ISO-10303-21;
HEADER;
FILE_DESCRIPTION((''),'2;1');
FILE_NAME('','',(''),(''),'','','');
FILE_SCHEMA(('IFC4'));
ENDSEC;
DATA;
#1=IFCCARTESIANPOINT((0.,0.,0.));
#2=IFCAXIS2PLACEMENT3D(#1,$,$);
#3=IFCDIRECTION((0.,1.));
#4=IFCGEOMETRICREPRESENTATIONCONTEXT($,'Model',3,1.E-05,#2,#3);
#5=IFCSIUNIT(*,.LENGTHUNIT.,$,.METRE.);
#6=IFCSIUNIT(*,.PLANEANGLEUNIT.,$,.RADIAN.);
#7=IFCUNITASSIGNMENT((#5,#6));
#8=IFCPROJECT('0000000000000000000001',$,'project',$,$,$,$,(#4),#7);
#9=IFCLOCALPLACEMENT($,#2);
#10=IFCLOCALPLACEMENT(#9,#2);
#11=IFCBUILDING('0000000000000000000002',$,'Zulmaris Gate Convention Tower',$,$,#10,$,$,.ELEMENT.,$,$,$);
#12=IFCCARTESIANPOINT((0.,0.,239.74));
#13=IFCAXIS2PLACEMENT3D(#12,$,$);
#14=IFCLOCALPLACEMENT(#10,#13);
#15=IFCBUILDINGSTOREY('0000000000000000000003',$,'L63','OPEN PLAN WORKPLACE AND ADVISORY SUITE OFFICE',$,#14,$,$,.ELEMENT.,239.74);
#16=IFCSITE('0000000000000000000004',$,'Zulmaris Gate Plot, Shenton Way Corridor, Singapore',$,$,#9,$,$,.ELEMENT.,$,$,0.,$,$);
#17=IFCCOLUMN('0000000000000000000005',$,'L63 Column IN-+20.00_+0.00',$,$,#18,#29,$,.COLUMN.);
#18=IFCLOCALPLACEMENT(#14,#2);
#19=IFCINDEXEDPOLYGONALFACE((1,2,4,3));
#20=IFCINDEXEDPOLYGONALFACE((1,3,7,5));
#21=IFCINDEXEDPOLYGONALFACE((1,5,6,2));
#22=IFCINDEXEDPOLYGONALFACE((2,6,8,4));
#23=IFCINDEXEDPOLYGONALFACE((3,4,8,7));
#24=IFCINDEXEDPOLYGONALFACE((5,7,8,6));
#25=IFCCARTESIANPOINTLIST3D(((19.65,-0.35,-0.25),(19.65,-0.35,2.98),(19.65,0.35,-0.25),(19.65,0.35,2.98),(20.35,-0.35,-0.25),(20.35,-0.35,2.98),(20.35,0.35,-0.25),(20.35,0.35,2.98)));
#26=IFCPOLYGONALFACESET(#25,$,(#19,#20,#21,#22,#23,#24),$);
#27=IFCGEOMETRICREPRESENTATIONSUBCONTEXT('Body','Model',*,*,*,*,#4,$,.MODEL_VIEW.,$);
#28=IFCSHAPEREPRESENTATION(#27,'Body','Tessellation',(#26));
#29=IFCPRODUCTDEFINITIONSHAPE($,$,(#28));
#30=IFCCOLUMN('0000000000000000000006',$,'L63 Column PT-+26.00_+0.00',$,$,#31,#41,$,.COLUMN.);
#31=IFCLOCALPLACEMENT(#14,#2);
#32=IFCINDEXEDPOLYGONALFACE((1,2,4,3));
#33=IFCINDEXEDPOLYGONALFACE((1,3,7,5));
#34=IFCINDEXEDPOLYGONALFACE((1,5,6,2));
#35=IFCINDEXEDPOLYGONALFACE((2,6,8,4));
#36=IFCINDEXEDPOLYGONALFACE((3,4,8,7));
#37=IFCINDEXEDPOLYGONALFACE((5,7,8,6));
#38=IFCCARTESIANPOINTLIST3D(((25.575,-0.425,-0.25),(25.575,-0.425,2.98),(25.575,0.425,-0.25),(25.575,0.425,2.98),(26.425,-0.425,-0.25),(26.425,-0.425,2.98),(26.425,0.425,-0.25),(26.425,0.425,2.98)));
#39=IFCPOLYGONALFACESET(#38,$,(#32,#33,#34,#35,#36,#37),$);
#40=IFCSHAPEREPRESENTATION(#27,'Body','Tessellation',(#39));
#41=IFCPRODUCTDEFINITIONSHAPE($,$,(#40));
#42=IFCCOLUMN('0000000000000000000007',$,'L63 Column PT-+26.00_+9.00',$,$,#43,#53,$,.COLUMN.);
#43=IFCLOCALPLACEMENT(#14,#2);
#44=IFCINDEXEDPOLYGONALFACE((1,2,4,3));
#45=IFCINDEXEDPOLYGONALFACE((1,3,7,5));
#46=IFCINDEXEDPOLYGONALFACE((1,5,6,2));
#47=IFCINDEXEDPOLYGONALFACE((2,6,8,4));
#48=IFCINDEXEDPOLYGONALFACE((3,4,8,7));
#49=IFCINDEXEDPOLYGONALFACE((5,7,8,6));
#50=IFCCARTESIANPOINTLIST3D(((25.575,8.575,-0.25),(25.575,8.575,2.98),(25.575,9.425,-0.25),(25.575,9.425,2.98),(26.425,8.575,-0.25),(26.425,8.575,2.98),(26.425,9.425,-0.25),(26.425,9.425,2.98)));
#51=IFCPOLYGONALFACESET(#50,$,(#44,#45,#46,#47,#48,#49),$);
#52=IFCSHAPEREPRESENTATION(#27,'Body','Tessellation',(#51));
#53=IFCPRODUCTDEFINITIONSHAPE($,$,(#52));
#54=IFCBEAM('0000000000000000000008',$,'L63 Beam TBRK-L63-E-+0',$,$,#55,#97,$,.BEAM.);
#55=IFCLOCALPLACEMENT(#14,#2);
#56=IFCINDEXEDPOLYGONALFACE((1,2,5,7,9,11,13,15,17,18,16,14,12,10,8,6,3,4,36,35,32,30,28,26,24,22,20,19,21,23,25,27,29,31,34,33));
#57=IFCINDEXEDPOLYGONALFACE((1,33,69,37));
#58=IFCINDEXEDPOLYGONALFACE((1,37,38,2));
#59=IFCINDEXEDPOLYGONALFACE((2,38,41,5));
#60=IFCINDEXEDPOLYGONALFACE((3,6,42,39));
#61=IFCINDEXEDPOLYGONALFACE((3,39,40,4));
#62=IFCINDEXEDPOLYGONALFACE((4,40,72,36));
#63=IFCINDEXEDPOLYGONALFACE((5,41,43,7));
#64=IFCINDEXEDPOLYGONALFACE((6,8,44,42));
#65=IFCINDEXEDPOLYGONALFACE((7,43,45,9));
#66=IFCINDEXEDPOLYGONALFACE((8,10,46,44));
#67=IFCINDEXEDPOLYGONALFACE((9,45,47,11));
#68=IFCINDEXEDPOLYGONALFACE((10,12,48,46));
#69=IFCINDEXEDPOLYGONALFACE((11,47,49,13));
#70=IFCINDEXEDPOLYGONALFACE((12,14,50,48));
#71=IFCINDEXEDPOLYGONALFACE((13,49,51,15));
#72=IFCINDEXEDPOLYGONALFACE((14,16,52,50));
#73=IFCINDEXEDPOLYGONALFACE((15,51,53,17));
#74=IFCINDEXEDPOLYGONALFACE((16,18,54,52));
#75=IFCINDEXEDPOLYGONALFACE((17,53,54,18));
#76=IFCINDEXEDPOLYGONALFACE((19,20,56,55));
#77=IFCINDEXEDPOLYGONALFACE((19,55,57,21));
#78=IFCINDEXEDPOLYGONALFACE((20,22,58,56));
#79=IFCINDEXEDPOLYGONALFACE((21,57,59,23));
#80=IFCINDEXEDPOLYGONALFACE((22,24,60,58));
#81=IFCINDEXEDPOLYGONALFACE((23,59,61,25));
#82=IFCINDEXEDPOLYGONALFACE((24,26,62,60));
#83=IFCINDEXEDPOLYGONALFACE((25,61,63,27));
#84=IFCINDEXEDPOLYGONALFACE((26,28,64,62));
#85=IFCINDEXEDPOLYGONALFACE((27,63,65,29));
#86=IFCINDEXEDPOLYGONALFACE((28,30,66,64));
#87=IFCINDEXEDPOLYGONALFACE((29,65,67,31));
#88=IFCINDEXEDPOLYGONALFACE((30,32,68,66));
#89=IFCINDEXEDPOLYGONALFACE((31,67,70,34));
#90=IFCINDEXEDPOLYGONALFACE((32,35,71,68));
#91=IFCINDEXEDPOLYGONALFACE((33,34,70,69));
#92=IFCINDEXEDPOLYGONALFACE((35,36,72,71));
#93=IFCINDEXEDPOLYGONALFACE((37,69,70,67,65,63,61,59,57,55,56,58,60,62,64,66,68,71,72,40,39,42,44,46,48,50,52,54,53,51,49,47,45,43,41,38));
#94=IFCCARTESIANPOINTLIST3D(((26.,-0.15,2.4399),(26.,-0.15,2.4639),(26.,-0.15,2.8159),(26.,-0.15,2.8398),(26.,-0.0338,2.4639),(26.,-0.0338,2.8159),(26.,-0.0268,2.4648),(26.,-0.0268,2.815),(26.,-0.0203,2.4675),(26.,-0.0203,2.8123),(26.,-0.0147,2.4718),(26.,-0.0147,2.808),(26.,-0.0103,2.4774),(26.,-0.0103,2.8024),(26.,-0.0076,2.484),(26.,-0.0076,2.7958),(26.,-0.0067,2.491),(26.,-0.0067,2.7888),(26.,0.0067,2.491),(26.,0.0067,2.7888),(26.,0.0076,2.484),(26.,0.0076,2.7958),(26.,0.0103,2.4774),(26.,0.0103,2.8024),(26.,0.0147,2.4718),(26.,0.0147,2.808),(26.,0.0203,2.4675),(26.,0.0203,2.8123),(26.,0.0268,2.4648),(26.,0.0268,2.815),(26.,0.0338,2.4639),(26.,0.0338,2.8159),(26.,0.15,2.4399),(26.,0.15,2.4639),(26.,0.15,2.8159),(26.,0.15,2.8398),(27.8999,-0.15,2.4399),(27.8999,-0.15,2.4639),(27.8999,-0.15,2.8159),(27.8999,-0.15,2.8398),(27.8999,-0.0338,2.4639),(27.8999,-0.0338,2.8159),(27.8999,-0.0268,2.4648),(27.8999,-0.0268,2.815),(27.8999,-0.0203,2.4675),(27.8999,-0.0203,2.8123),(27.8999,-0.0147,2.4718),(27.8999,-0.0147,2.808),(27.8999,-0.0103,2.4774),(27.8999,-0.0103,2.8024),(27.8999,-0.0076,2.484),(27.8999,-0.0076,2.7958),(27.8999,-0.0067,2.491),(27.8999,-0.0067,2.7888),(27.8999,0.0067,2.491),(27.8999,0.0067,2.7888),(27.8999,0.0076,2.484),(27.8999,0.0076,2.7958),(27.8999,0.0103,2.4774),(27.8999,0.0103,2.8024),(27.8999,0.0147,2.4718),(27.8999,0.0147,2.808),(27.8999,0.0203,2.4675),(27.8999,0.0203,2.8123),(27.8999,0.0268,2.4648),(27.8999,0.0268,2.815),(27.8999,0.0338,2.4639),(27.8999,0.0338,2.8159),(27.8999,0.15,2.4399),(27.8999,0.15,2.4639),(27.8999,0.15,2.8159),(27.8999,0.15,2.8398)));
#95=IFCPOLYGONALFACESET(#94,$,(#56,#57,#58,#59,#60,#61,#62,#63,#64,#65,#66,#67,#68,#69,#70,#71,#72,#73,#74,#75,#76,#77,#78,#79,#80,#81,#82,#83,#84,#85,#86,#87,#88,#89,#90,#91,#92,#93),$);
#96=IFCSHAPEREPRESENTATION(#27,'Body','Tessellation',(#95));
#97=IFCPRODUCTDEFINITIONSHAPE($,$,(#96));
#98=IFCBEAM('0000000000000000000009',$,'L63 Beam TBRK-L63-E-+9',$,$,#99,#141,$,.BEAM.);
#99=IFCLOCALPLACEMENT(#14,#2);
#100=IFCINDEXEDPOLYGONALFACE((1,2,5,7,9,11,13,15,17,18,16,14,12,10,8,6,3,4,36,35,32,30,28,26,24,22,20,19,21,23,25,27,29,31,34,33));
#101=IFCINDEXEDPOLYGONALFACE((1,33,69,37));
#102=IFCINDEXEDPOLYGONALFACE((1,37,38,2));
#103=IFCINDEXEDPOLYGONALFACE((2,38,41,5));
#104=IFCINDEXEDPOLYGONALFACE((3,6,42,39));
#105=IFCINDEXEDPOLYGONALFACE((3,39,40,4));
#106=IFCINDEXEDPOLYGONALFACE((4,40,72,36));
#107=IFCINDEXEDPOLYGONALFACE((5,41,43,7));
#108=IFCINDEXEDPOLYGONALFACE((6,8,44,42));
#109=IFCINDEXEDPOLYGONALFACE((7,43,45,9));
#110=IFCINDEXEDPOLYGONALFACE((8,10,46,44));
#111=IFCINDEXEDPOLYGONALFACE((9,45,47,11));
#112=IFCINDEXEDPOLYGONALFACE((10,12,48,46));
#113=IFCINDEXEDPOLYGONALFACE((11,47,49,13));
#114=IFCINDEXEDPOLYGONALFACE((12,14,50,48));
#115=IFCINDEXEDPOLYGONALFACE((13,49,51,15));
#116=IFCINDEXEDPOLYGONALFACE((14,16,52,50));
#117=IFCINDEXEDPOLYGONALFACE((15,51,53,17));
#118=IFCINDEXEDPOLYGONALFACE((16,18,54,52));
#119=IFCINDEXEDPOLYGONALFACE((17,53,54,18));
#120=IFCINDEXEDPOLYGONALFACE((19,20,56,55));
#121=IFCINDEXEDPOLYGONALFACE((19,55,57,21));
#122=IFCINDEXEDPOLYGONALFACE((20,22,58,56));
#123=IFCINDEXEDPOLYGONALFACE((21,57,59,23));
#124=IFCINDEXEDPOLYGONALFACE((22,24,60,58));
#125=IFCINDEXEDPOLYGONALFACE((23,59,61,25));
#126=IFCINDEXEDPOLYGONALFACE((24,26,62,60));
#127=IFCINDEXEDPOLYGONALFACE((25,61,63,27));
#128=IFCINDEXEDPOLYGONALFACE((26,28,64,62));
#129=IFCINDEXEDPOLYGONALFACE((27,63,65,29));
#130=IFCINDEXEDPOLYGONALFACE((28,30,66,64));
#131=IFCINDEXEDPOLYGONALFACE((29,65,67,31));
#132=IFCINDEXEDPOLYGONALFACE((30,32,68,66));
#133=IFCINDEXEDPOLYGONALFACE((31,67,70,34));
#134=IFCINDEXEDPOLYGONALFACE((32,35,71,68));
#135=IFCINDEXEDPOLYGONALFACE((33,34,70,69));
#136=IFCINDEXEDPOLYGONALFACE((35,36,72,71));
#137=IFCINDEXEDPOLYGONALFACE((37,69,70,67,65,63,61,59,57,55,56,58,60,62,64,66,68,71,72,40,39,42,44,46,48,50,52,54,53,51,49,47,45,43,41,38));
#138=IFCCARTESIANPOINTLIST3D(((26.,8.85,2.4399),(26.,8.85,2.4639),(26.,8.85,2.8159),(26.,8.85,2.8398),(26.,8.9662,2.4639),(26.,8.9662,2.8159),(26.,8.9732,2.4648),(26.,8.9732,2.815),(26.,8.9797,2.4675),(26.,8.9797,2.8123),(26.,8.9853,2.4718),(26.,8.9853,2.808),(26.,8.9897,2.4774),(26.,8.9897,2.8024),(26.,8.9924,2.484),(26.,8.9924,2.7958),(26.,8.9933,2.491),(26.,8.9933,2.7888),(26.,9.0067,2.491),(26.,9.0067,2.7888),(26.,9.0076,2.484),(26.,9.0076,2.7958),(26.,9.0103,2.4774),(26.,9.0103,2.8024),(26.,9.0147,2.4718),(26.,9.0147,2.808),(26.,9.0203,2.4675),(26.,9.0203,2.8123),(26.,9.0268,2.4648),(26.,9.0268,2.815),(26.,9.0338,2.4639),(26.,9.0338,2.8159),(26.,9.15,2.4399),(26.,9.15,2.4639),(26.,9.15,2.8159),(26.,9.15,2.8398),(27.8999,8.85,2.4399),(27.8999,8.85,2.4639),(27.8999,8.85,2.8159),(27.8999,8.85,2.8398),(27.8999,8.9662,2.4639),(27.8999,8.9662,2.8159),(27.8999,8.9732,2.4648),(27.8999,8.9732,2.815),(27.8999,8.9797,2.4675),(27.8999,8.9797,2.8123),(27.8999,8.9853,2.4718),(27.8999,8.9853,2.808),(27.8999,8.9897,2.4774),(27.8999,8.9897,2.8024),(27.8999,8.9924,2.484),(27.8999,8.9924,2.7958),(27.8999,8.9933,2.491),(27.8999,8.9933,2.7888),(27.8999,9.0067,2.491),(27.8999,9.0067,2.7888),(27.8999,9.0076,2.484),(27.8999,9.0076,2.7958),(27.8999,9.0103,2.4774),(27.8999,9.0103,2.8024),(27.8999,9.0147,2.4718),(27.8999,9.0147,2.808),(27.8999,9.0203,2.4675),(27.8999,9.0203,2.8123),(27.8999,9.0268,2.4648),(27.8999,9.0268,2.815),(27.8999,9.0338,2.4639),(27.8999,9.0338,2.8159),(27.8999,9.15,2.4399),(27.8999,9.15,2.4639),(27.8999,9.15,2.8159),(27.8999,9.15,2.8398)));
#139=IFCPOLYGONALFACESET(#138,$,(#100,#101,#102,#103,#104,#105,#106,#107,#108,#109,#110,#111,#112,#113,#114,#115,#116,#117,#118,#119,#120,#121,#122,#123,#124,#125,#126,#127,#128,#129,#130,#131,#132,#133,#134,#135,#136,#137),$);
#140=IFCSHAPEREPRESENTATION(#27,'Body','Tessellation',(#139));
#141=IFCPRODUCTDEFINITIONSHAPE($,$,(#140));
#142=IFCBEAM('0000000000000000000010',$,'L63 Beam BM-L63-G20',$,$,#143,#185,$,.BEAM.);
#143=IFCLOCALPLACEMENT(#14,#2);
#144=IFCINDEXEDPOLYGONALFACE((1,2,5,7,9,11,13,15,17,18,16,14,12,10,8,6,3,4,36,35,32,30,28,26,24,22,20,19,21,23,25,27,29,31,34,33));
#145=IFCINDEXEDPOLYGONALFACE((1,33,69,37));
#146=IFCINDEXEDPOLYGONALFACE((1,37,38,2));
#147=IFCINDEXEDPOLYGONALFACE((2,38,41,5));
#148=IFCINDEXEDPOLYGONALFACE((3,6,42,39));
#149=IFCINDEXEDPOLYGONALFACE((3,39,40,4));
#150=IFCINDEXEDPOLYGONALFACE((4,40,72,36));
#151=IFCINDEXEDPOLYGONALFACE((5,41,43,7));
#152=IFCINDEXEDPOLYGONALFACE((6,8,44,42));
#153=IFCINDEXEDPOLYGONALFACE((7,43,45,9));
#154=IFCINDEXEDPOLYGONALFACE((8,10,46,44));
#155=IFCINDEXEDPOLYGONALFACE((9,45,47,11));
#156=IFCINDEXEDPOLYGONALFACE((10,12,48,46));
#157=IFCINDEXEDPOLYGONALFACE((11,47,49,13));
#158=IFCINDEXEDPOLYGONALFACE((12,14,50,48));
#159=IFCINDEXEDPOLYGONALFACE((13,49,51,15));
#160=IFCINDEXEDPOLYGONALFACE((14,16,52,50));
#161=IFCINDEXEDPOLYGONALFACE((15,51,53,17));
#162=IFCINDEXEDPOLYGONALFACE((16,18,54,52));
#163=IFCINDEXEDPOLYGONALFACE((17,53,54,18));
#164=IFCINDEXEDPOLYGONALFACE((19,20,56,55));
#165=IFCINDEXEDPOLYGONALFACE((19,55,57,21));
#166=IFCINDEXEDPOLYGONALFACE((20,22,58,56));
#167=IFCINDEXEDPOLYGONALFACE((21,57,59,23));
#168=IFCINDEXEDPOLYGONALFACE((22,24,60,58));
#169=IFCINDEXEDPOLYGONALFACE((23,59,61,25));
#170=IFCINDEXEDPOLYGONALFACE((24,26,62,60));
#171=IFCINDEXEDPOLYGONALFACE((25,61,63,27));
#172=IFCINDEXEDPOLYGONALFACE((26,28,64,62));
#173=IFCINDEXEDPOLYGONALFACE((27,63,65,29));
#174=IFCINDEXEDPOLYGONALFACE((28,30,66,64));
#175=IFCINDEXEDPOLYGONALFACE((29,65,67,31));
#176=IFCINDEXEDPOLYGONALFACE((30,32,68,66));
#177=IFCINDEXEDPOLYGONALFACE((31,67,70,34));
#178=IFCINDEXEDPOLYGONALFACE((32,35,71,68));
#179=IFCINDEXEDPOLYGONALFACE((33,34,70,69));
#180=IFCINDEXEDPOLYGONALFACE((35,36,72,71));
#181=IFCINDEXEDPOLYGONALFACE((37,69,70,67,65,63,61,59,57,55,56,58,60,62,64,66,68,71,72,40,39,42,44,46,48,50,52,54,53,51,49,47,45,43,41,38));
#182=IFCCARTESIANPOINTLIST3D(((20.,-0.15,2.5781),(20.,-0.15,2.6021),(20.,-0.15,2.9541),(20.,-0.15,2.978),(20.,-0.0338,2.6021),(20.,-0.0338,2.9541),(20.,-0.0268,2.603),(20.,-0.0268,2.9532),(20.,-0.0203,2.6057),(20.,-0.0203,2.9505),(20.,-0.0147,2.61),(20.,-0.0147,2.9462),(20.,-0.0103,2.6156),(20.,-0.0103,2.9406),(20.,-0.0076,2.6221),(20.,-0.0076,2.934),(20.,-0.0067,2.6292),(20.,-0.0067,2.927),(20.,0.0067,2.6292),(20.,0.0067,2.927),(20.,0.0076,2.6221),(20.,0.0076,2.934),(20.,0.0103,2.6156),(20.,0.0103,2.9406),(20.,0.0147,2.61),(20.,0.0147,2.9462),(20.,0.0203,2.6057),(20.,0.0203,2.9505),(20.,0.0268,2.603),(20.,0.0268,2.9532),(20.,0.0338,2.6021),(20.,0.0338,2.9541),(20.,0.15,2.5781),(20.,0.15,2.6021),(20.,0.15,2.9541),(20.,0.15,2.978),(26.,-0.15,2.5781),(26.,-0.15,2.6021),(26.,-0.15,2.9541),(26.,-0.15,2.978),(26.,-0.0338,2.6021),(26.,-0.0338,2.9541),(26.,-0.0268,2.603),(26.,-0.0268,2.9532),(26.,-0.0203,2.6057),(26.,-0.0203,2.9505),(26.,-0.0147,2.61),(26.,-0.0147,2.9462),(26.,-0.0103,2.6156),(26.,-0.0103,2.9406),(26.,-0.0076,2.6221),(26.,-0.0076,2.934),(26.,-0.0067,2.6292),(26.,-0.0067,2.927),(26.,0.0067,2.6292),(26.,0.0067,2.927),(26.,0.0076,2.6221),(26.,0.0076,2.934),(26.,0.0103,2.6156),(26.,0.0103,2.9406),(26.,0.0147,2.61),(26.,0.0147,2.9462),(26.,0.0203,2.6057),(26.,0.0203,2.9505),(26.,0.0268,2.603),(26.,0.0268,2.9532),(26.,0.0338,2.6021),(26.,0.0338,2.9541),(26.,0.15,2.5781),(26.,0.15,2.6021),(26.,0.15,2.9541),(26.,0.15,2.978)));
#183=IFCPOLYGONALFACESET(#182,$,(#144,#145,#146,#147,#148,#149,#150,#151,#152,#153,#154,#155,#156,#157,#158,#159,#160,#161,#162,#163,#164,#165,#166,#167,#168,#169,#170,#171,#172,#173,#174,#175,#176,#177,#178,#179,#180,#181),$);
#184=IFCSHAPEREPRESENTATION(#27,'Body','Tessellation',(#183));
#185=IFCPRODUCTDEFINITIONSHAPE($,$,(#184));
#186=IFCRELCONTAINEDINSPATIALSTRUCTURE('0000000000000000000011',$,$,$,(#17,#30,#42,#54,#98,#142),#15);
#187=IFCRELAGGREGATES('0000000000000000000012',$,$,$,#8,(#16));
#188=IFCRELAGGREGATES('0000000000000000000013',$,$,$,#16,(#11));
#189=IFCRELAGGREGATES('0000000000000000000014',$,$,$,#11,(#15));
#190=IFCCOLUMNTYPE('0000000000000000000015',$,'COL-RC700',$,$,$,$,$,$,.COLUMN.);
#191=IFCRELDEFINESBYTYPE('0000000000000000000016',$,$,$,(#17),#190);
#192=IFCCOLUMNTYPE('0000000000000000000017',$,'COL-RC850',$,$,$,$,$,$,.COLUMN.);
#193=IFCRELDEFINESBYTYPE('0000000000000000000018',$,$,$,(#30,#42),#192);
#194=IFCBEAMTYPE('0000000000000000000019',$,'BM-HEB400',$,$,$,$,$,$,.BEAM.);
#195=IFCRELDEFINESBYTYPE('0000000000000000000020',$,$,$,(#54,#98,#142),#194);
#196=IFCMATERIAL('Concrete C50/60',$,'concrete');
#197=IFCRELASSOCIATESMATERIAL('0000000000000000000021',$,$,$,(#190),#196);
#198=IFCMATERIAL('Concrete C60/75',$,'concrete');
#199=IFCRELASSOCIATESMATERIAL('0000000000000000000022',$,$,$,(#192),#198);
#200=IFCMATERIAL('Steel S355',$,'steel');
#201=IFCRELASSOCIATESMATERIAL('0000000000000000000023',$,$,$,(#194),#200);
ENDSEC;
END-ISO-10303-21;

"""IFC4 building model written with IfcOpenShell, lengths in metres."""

from ifc_helpers import new_model, si_unit, direction, frame, origin, origin_2d, place, context, subcontext, project, spatial, rectangle, i_section, extrude, material, material_profile, profile_set, type_object, element, save


model = new_model("IFC4")

# Units and contexts
model_context = context("Model", 3, precision=1e-05, world=origin(), true_north=direction((0.0, 1.0)))
body_context = subcontext(model_context, "Body", "Model", "MODEL_VIEW")
ifc_project = project(units=[si_unit("LENGTHUNIT", "METRE"), si_unit("PLANEANGLEUNIT", "RADIAN")], contexts=[model_context])

# Site, building, storey
site_placement = place(None, origin())
site = spatial("IfcSite", under=ifc_project, at=site_placement, Name="Zulmaris Gate Plot, Shenton Way Corridor, Singapore", CompositionType="ELEMENT", RefElevation=0.0)
building_placement = place(site_placement, origin())
building = spatial("IfcBuilding", under=site, at=building_placement, Name="Zulmaris Gate Convention Tower", CompositionType="ELEMENT")
storey_placement = place(building_placement, frame((0.0, 0.0, 239.74)))
storey = spatial("IfcBuildingStorey", under=building, at=storey_placement, Name="L63", Description="OPEN PLAN WORKPLACE AND ADVISORY SUITE OFFICE", CompositionType="ELEMENT", Elevation=239.74)

# Columns
ifc_material_1 = material(Name="Concrete C50/60", Category="concrete")
ifc_material_profile_1 = material_profile(ifc_material_1, rectangle(XDim=0.7, YDim=0.7, at=origin_2d()), Name="RC COL 700x700")
ifc_profile_set_1 = profile_set([ifc_material_profile_1], Name="Concrete C50/60")
column_type_1 = type_object("IfcColumnType", Name="COL-RC700", PredefinedType="COLUMN", material=ifc_profile_set_1)
column_placement = place(storey_placement, frame((20.0, 0.0, -0.25), z_axis=(0.0, 0.0, 1.0), x_axis=(1.0, 0.0, 0.0)))
element("IfcColumn", 1, at=column_placement, inside=storey, type_object=column_type_1, Name="L63 Column IN-+20.00_+0.00", PredefinedType="COLUMN", context=body_context, shape_type="SweptSolid", body=[
    extrude(rectangle(XDim=0.7, YDim=0.7, at=origin_2d()), origin(), (0.0, 0.0, 1.0), 3.23),
])
ifc_material_2 = material(Name="Concrete C60/75", Category="concrete")
ifc_material_profile_2 = material_profile(ifc_material_2, rectangle(XDim=0.8501, YDim=0.8501, at=origin_2d()), Name="RC COL 850x850")
ifc_profile_set_2 = profile_set([ifc_material_profile_2], Name="Concrete C60/75")
column_type_2 = type_object("IfcColumnType", Name="COL-RC850", PredefinedType="COLUMN", material=ifc_profile_set_2)
for number, where, z_axis, x_axis, name in (
    (2, (26.0, 0.0, -0.25), (0.0, 0.0, 1.0), (1.0, 0.0, 0.0), "L63 Column PT-+26.00_+0.00"),
    (3, (26.0, 9.0, -0.25), (0.0, 0.0, 1.0), (1.0, 0.0, 0.0), "L63 Column PT-+26.00_+9.00"),
):
    element("IfcColumn", number, at=place(storey_placement, frame(where, z_axis=z_axis, x_axis=x_axis)), inside=storey, type_object=column_type_2, Name=name, PredefinedType="COLUMN", context=body_context, shape_type="SweptSolid", body=[
        extrude(rectangle(XDim=0.8501, YDim=0.8501, at=origin_2d()), origin(), (0.0, 0.0, 1.0), 3.23),
    ])

# Beams
ifc_material_3 = material(Name="Steel S355", Category="steel")
ifc_material_profile_3 = material_profile(ifc_material_3, i_section(OverallWidth=0.3, OverallDepth=0.3999, WebThickness=0.0134, FlangeThickness=0.0239, FilletRadius=0.0271, at=origin_2d()), Name="HEB 400")
ifc_profile_set_3 = profile_set([ifc_material_profile_3], Name="Steel S355")
beam_type_1 = type_object("IfcBeamType", Name="BM-HEB400", PredefinedType="BEAM", material=ifc_profile_set_3)
for number, where, z_axis, x_axis, name in (
    (4, (26.0, 0.0, 2.6399), (1.0, 0.0, 0.0), (0.0, 1.0, 0.0), "L63 Beam TBRK-L63-E-+0"),
    (5, (26.0, 9.0, 2.6399), (1.0, 0.0, 0.0), (0.0, 1.0, 0.0), "L63 Beam TBRK-L63-E-+9"),
):
    element("IfcBeam", number, at=place(storey_placement, frame(where, z_axis=z_axis, x_axis=x_axis)), inside=storey, type_object=beam_type_1, Name=name, PredefinedType="BEAM", context=body_context, shape_type="SweptSolid", body=[
        extrude(i_section(OverallWidth=0.3, OverallDepth=0.3999, WebThickness=0.0134, FlangeThickness=0.0239, FilletRadius=0.0271, at=origin_2d()), origin(), (0.0, 0.0, 1.0), 1.8999),
    ])
for number, where, z_axis, x_axis, name in (
    (6, (20.0, 0.0, 2.7781), (1.0, 0.0, 0.0), (0.0, 1.0, 0.0), "L63 Beam BM-L63-G20"),
):
    element("IfcBeam", number, at=place(storey_placement, frame(where, z_axis=z_axis, x_axis=x_axis)), inside=storey, type_object=beam_type_1, Name=name, PredefinedType="BEAM", context=body_context, shape_type="SweptSolid", body=[
        extrude(i_section(OverallWidth=0.3, OverallDepth=0.3999, WebThickness=0.0134, FlangeThickness=0.0239, FilletRadius=0.0271, at=origin_2d()), origin(), (0.0, 0.0, 1.0), 6.0),
    ])

save(model, "model.ifc")
